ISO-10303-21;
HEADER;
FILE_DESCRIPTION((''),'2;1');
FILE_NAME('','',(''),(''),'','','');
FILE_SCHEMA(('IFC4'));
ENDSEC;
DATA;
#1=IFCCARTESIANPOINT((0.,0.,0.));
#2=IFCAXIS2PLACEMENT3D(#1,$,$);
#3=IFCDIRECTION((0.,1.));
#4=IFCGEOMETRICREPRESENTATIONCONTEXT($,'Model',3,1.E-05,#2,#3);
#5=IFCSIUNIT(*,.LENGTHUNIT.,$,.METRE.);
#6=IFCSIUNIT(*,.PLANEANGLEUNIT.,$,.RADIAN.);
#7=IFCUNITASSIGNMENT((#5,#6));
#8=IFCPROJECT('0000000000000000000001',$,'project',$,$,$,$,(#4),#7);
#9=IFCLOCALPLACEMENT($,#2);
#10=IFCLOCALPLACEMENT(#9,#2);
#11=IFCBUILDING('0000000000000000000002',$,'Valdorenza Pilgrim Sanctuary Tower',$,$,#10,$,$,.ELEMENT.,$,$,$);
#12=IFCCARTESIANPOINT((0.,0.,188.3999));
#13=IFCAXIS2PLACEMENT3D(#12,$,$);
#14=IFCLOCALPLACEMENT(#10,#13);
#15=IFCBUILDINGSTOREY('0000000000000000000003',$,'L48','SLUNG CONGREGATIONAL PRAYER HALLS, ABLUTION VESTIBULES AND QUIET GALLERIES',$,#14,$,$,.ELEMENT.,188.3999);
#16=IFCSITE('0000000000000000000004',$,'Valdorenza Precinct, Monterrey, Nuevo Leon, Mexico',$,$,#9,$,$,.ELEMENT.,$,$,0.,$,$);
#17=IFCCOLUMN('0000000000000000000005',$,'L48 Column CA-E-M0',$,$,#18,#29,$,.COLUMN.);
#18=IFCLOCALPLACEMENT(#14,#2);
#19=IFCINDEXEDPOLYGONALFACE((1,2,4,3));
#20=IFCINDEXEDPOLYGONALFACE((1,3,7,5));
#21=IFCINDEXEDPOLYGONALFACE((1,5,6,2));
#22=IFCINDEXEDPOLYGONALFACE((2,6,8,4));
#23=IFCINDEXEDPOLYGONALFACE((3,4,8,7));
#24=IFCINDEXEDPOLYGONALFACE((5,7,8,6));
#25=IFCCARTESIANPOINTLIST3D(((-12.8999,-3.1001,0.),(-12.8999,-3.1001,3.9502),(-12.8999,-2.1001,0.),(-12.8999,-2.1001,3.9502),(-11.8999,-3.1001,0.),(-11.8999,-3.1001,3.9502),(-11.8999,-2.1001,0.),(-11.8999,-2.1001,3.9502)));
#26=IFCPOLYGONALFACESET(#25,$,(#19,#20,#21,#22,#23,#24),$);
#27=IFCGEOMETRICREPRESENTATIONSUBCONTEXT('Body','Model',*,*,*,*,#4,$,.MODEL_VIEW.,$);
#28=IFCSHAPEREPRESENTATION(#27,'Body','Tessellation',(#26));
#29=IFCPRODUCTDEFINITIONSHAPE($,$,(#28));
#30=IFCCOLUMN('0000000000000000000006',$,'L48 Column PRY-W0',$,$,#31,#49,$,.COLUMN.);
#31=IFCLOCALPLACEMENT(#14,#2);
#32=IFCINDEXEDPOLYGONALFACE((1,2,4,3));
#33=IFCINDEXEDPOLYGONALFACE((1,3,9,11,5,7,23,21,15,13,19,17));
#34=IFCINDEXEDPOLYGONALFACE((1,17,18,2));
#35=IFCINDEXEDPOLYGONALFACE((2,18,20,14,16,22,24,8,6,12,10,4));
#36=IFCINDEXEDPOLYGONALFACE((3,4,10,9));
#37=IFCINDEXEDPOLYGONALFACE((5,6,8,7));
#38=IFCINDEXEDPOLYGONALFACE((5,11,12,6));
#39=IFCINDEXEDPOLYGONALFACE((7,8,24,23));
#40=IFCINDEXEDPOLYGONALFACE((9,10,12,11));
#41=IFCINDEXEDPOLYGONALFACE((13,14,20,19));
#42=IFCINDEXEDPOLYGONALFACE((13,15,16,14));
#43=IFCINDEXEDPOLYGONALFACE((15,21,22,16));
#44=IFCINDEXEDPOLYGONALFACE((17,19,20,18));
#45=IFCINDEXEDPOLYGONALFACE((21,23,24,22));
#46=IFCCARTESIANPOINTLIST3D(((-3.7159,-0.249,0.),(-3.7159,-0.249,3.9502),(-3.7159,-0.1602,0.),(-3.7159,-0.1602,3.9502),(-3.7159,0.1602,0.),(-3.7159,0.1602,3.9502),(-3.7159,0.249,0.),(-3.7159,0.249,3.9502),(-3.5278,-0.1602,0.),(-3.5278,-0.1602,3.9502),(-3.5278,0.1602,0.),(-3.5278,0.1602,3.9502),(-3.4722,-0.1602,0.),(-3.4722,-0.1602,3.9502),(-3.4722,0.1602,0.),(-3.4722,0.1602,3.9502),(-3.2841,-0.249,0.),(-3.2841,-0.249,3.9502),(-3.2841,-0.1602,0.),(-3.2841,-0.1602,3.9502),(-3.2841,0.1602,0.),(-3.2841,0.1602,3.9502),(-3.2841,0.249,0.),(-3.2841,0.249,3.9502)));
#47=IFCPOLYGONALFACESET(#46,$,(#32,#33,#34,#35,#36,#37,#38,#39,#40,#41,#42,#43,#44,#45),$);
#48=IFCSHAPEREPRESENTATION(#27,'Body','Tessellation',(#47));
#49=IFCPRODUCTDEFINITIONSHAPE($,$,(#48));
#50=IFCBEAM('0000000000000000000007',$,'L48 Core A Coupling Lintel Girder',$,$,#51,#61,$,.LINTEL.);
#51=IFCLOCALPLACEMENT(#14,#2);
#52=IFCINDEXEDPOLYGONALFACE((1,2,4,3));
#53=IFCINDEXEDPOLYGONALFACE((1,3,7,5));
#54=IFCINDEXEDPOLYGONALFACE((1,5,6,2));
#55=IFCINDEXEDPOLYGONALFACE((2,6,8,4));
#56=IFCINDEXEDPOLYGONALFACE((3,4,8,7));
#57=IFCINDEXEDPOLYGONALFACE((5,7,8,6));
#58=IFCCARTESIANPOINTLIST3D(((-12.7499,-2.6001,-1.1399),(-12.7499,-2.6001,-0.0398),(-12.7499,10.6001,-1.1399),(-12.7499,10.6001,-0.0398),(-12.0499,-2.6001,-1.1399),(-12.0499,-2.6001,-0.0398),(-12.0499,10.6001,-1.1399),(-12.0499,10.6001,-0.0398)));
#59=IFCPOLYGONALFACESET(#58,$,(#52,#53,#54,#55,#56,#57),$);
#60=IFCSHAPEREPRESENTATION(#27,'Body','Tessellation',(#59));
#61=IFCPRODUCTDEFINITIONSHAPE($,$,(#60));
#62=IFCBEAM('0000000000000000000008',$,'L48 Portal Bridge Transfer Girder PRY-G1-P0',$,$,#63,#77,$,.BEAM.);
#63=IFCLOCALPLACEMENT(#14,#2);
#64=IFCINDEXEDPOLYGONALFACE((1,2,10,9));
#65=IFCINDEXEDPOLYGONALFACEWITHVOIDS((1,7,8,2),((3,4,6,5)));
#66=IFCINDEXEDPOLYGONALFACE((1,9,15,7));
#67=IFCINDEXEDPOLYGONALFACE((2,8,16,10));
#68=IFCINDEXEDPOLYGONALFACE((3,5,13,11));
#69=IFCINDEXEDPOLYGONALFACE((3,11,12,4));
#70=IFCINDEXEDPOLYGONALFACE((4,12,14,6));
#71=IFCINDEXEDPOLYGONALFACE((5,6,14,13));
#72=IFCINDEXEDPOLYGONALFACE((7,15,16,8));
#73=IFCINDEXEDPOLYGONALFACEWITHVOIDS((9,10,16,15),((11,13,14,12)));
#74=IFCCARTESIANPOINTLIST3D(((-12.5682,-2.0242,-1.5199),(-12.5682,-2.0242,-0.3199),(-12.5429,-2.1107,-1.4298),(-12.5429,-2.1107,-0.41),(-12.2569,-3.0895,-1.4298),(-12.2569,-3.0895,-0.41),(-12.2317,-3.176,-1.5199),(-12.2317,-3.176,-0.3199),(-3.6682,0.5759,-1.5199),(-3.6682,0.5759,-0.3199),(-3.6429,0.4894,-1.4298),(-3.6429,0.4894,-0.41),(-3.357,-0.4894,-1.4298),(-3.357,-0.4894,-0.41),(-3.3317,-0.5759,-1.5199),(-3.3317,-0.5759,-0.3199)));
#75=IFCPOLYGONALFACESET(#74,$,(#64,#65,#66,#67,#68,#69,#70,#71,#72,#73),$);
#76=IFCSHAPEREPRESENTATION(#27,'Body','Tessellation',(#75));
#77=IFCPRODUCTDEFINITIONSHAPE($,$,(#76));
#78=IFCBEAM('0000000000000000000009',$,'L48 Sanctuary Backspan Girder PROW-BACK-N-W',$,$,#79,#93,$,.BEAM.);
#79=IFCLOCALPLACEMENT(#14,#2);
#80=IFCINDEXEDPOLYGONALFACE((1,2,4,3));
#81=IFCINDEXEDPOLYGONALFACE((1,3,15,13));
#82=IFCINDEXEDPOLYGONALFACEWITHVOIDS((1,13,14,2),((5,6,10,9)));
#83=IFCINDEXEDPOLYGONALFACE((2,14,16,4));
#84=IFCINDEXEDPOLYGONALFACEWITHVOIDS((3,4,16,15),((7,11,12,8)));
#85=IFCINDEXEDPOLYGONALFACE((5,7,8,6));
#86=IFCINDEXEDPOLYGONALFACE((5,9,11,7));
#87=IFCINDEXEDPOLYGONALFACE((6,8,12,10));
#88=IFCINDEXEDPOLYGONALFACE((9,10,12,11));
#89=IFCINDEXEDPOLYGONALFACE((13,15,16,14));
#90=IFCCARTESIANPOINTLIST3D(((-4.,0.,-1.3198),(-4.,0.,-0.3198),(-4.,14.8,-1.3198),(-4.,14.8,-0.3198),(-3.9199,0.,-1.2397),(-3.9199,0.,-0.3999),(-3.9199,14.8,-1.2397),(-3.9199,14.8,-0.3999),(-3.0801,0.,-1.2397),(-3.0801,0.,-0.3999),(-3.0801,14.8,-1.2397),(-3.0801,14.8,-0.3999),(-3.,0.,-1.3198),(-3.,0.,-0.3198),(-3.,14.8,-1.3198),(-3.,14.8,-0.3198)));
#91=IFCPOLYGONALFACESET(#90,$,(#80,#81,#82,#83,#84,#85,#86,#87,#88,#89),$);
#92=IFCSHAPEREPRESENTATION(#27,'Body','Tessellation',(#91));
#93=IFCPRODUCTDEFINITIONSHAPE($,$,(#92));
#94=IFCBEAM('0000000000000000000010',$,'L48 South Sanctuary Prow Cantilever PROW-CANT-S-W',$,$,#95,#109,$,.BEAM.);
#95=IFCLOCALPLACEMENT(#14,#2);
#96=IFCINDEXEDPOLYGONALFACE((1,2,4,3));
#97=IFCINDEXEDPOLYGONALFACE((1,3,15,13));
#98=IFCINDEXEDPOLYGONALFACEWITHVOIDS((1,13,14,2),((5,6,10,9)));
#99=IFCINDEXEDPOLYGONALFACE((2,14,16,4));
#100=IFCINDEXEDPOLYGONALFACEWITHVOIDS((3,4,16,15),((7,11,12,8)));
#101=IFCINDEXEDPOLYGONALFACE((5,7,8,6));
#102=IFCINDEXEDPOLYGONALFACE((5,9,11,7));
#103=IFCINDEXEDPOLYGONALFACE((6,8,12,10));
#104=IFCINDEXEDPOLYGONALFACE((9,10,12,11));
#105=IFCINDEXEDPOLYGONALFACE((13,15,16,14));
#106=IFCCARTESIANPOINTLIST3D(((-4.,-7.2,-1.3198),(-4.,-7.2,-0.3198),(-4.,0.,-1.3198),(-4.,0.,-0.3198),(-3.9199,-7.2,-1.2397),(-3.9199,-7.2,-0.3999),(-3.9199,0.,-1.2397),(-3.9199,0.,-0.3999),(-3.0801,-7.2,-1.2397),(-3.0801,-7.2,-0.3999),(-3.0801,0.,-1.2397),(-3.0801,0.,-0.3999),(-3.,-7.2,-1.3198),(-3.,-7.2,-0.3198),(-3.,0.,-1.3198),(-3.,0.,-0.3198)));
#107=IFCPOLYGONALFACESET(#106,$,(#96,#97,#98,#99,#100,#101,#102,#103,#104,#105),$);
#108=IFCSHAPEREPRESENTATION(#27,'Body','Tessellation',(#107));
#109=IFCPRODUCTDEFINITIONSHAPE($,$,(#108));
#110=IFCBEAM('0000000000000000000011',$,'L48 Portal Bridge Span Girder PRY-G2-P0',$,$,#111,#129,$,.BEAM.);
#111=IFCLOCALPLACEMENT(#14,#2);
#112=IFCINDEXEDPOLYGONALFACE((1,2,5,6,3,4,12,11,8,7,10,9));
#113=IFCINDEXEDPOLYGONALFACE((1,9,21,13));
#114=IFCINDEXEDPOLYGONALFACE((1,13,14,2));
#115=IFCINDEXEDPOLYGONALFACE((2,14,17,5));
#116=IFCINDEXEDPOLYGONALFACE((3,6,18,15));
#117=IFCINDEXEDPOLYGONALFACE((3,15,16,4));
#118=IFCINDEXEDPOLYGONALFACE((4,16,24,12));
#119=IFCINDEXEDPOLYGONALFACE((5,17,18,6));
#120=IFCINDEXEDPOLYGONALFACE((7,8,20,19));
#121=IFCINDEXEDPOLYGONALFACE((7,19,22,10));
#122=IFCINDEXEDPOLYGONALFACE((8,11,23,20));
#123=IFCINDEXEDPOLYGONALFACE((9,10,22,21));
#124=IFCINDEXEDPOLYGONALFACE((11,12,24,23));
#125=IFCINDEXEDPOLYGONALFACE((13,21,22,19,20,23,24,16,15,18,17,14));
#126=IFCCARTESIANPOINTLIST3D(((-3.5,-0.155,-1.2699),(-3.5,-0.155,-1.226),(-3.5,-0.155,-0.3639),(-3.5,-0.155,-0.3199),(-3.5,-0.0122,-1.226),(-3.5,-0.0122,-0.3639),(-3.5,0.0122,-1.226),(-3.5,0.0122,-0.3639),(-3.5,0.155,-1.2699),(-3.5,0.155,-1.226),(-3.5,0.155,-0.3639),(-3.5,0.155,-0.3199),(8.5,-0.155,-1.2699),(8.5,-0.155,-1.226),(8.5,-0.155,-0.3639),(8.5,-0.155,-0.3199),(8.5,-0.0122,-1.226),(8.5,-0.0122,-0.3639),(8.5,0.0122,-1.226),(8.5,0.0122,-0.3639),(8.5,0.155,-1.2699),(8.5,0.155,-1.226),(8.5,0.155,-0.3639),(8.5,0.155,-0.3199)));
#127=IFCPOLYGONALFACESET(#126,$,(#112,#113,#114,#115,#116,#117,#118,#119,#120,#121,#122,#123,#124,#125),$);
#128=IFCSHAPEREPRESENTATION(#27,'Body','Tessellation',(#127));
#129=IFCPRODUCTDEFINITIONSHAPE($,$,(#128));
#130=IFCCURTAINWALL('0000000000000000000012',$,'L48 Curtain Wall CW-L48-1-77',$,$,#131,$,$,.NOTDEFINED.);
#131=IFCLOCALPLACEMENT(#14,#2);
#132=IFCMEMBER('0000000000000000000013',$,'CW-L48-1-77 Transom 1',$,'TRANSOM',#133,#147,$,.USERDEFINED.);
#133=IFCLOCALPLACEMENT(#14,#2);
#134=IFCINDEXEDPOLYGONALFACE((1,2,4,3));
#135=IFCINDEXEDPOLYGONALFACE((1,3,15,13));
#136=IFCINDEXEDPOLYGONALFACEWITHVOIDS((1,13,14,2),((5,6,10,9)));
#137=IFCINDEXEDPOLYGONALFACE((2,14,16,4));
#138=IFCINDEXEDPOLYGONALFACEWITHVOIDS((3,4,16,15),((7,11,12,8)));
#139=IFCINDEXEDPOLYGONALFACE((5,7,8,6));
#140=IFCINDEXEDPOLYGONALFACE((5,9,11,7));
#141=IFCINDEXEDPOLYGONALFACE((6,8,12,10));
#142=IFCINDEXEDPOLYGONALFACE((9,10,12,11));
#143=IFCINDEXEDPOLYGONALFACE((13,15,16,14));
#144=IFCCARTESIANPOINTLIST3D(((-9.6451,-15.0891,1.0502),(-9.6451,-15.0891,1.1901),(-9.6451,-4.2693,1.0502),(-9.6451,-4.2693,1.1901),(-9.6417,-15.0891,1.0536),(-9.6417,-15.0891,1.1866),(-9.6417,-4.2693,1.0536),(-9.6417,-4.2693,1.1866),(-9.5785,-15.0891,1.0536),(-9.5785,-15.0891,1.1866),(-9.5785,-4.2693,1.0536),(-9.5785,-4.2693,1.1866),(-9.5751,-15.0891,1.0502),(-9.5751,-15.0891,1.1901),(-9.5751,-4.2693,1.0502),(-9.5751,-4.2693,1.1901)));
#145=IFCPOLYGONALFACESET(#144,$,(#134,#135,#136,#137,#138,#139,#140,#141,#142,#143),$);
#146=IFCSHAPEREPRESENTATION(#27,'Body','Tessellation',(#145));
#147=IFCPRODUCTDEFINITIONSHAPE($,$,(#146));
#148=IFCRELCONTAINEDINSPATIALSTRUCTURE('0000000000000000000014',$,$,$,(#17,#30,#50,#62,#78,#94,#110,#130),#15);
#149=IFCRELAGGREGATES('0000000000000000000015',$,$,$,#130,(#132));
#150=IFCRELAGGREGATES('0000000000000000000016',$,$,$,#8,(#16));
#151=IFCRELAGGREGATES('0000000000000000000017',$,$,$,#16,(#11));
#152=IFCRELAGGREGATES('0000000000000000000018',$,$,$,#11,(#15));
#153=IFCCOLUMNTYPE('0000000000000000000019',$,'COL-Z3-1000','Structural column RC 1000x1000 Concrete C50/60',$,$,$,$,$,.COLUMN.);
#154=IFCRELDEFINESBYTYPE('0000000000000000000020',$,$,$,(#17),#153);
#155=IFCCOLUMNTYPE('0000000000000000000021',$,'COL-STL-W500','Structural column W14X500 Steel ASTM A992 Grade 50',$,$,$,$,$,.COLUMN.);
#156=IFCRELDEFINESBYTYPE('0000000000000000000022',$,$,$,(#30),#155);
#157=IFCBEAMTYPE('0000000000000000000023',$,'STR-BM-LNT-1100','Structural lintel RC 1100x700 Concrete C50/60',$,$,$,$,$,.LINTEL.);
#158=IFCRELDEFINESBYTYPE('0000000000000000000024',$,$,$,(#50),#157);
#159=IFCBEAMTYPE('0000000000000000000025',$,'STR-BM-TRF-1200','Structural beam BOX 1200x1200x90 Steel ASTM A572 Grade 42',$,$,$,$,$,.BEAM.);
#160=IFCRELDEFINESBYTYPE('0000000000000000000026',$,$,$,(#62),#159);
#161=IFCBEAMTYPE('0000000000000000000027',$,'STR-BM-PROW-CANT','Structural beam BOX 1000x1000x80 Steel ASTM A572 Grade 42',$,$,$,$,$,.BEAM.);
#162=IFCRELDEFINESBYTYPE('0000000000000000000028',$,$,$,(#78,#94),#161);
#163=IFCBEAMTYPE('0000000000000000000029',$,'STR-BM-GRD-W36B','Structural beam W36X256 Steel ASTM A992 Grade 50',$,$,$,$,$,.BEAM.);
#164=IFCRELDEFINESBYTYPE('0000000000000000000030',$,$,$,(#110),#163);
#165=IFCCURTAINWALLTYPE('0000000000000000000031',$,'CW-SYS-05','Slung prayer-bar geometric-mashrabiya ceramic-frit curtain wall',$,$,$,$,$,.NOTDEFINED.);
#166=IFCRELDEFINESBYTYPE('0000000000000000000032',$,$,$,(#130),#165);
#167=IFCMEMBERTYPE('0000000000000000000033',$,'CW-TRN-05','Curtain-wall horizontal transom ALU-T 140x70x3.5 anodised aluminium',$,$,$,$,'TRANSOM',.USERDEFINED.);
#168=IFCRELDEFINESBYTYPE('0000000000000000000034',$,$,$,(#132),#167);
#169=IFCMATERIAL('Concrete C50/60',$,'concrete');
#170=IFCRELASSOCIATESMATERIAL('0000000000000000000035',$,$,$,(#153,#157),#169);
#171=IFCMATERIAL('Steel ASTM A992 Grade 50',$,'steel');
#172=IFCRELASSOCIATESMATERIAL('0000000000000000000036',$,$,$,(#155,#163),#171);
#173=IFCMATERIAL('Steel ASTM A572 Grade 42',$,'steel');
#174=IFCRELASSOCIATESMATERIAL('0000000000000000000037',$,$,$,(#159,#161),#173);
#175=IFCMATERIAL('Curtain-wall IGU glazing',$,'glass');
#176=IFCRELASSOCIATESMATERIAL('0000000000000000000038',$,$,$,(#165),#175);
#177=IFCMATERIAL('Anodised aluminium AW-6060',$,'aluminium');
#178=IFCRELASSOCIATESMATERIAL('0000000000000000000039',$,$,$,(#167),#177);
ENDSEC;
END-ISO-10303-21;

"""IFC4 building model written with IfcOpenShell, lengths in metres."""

from ifc_helpers import new_model, si_unit, direction, frame, origin, origin_2d, place, context, subcontext, project, spatial, rectangle, hollow_rectangle, i_section, extrude, source, transform, mapped, material, material_profile, profile_set, type_object, element, aggregate, save


model = new_model("IFC4")

# Units and contexts
model_context = context("Model", 3, precision=1e-05, world=origin(), true_north=direction((0.0, 1.0)))
body_context = subcontext(model_context, "Body", "Model", "MODEL_VIEW")
ifc_project = project(units=[si_unit("LENGTHUNIT", "METRE"), si_unit("PLANEANGLEUNIT", "RADIAN")], contexts=[model_context])

# Site, building, storey
site_placement = place(None, origin())
site = spatial("IfcSite", under=ifc_project, at=site_placement, Name="Valdorenza Precinct, Monterrey, Nuevo Leon, Mexico", CompositionType="ELEMENT", RefElevation=0.0)
building_placement = place(site_placement, origin())
building = spatial("IfcBuilding", under=site, at=building_placement, Name="Valdorenza Pilgrim Sanctuary Tower", CompositionType="ELEMENT")
storey_placement = place(building_placement, frame((0.0, 0.0, 188.3999)))
storey = spatial("IfcBuildingStorey", under=building, at=storey_placement, Name="L48", Description="SLUNG CONGREGATIONAL PRAYER HALLS, ABLUTION VESTIBULES AND QUIET GALLERIES", CompositionType="ELEMENT", Elevation=188.3999)

# Columns
ifc_material_1 = material(Name="Concrete C50/60", Category="concrete")
ifc_material_profile_1 = material_profile(ifc_material_1, rectangle(XDim=1.0, YDim=1.0, at=origin_2d()), Name="RC 1000x1000")
ifc_profile_set_1 = profile_set([ifc_material_profile_1], Name="Concrete C50/60")
column_type_1 = type_object("IfcColumnType", Name="COL-Z3-1000", Description="Structural column RC 1000x1000 Concrete C50/60", PredefinedType="COLUMN", material=ifc_profile_set_1)
shared_shape_1 = source(origin(), body_context, "Body", "SweptSolid", [
    extrude(rectangle(XDim=1.0, YDim=1.0, at=origin_2d()), origin(), (0.0, 0.0, 1.0), 3.9502),
])
column_1_placement = place(storey_placement, frame((-12.3999, -2.6001, 0.0), z_axis=(0.0, 0.0, 1.0), x_axis=(1.0, 0.0, 0.0)))
element("IfcColumn", 1, at=column_1_placement, inside=storey, type_object=column_type_1, Name="L48 Column CA-E-M0", PredefinedType="COLUMN", context=body_context, shape_type="MappedRepresentation", body=[
    mapped(shared_shape_1, transform((0.0, 0.0, 0.0), x_axis=(1.0, 0.0, 0.0), y_axis=(0.0, 1.0, 0.0), z_axis=(0.0, 0.0, 1.0), scale=1.0)),
])
ifc_material_2 = material(Name="Steel ASTM A992 Grade 50", Category="steel")
ifc_material_profile_2 = material_profile(ifc_material_2, i_section(OverallWidth=0.4319, OverallDepth=0.498, WebThickness=0.0557, FlangeThickness=0.0889, at=origin_2d()), Name="W14X500")
ifc_profile_set_2 = profile_set([ifc_material_profile_2], Name="Steel ASTM A992 Grade 50")
column_type_2 = type_object("IfcColumnType", Name="COL-STL-W500", Description="Structural column W14X500 Steel ASTM A992 Grade 50", PredefinedType="COLUMN", material=ifc_profile_set_2)
shared_shape_2 = source(origin(), body_context, "Body", "SweptSolid", [
    extrude(i_section(OverallWidth=0.4319, OverallDepth=0.498, WebThickness=0.0557, FlangeThickness=0.0889, at=origin_2d()), origin(), (0.0, 0.0, 1.0), 3.9502),
])
column_2_placement = place(storey_placement, frame((-3.5, 0.0, 0.0), z_axis=(0.0, 0.0, 1.0), x_axis=(1.0, 0.0, 0.0)))
element("IfcColumn", 2, at=column_2_placement, inside=storey, type_object=column_type_2, Name="L48 Column PRY-W0", PredefinedType="COLUMN", context=body_context, shape_type="MappedRepresentation", body=[
    mapped(shared_shape_2, transform((0.0, 0.0, 0.0), x_axis=(1.0, 0.0, 0.0), y_axis=(0.0, 1.0, 0.0), z_axis=(0.0, 0.0, 1.0), scale=1.0)),
])

# Beams
ifc_material_profile_3 = material_profile(ifc_material_1, rectangle(XDim=0.7, YDim=1.1001, at=origin_2d()), Name="RC 1100x700")
ifc_profile_set_3 = profile_set([ifc_material_profile_3], Name="Concrete C50/60")
beam_type_1 = type_object("IfcBeamType", Name="STR-BM-LNT-1100", Description="Structural lintel RC 1100x700 Concrete C50/60", PredefinedType="LINTEL", material=ifc_profile_set_3)
shared_shape_3 = source(origin(), body_context, "Body", "SweptSolid", [
    extrude(rectangle(XDim=0.7, YDim=1.1001, at=origin_2d()), origin(), (0.0, 0.0, 1.0), 13.2002),
])
beam_1_placement = place(storey_placement, frame((-12.3999, -2.6001, -0.5898), z_axis=(0.0, 1.0, 0.0), x_axis=(-1.0, 0.0, 0.0)))
element("IfcBeam", 3, at=beam_1_placement, inside=storey, type_object=beam_type_1, Name="L48 Core A Coupling Lintel Girder", PredefinedType="LINTEL", context=body_context, shape_type="MappedRepresentation", body=[
    mapped(shared_shape_3, transform((0.0, 0.0, 0.0), x_axis=(1.0, 0.0, 0.0), y_axis=(0.0, 1.0, 0.0), z_axis=(0.0, 0.0, 1.0), scale=1.0)),
])
ifc_material_3 = material(Name="Steel ASTM A572 Grade 42", Category="steel")
ifc_material_profile_4 = material_profile(ifc_material_3, hollow_rectangle(XDim=1.2, YDim=1.2, WallThickness=0.0901, at=origin_2d()), Name="BOX 1200x1200x90")
ifc_profile_set_4 = profile_set([ifc_material_profile_4], Name="Steel ASTM A572 Grade 42")
beam_type_2 = type_object("IfcBeamType", Name="STR-BM-TRF-1200", Description="Structural beam BOX 1200x1200x90 Steel ASTM A572 Grade 42", PredefinedType="BEAM", material=ifc_profile_set_4)
shared_shape_4 = source(origin(), body_context, "Body", "SweptSolid", [
    extrude(hollow_rectangle(XDim=1.2, YDim=1.2, WallThickness=0.0901, at=origin_2d()), origin(), (0.0, 0.0, 1.0), 9.272),
])
beam_2_placement = place(storey_placement, frame((-12.3999, -2.6001, -0.9199), z_axis=(0.959875, 0.280427, 0.0), x_axis=(-0.280427, 0.959875, 0.0)))
element("IfcBeam", 4, at=beam_2_placement, inside=storey, type_object=beam_type_2, Name="L48 Portal Bridge Transfer Girder PRY-G1-P0", PredefinedType="BEAM", context=body_context, shape_type="MappedRepresentation", body=[
    mapped(shared_shape_4, transform((0.0, 0.0, 0.0), x_axis=(1.0, 0.0, 0.0), y_axis=(0.0, 1.0, 0.0), z_axis=(0.0, 0.0, 1.0), scale=1.0)),
])
ifc_material_profile_5 = material_profile(ifc_material_3, hollow_rectangle(XDim=1.0, YDim=1.0, WallThickness=0.0801, at=origin_2d()), Name="BOX 1000x1000x80")
ifc_profile_set_5 = profile_set([ifc_material_profile_5], Name="Steel ASTM A572 Grade 42")
beam_type_3 = type_object("IfcBeamType", Name="STR-BM-PROW-CANT", Description="Structural beam BOX 1000x1000x80 Steel ASTM A572 Grade 42", PredefinedType="BEAM", material=ifc_profile_set_5)
shared_shape_5 = source(origin(), body_context, "Body", "SweptSolid", [
    extrude(hollow_rectangle(XDim=1.0, YDim=1.0, WallThickness=0.0801, at=origin_2d()), origin(), (0.0, 0.0, 1.0), 14.8),
])
beam_3_placement = place(storey_placement, frame((-3.5, 0.0, -0.8198), z_axis=(0.0, 1.0, 0.0), x_axis=(-1.0, 0.0, 0.0)))
element("IfcBeam", 5, at=beam_3_placement, inside=storey, type_object=beam_type_3, Name="L48 Sanctuary Backspan Girder PROW-BACK-N-W", PredefinedType="BEAM", context=body_context, shape_type="MappedRepresentation", body=[
    mapped(shared_shape_5, transform((0.0, 0.0, 0.0), x_axis=(1.0, 0.0, 0.0), y_axis=(0.0, 1.0, 0.0), z_axis=(0.0, 0.0, 1.0), scale=1.0)),
])
shared_shape_6 = source(origin(), body_context, "Body", "SweptSolid", [
    extrude(hollow_rectangle(XDim=1.0, YDim=1.0, WallThickness=0.0801, at=origin_2d()), origin(), (0.0, 0.0, 1.0), 7.2),
])
beam_4_placement = place(storey_placement, frame((-3.5, 0.0, -0.8198), z_axis=(0.0, -1.0, 0.0), x_axis=(1.0, 0.0, 0.0)))
element("IfcBeam", 6, at=beam_4_placement, inside=storey, type_object=beam_type_3, Name="L48 South Sanctuary Prow Cantilever PROW-CANT-S-W", PredefinedType="BEAM", context=body_context, shape_type="MappedRepresentation", body=[
    mapped(shared_shape_6, transform((0.0, 0.0, 0.0), x_axis=(1.0, 0.0, 0.0), y_axis=(0.0, 1.0, 0.0), z_axis=(0.0, 0.0, 1.0), scale=1.0)),
])
ifc_material_profile_6 = material_profile(ifc_material_2, i_section(OverallWidth=0.3101, OverallDepth=0.95, WebThickness=0.0244, FlangeThickness=0.0439, at=origin_2d()), Name="W36X256")
ifc_profile_set_6 = profile_set([ifc_material_profile_6], Name="Steel ASTM A992 Grade 50")
beam_type_4 = type_object("IfcBeamType", Name="STR-BM-GRD-W36B", Description="Structural beam W36X256 Steel ASTM A992 Grade 50", PredefinedType="BEAM", material=ifc_profile_set_6)
shared_shape_7 = source(origin(), body_context, "Body", "SweptSolid", [
    extrude(i_section(OverallWidth=0.3101, OverallDepth=0.95, WebThickness=0.0244, FlangeThickness=0.0439, at=origin_2d()), origin(), (0.0, 0.0, 1.0), 12.0),
])
beam_5_placement = place(storey_placement, frame((-3.5, 0.0, -0.7949), z_axis=(1.0, 0.0, 0.0), x_axis=(0.0, 1.0, 0.0)))
element("IfcBeam", 7, at=beam_5_placement, inside=storey, type_object=beam_type_4, Name="L48 Portal Bridge Span Girder PRY-G2-P0", PredefinedType="BEAM", context=body_context, shape_type="MappedRepresentation", body=[
    mapped(shared_shape_7, transform((0.0, 0.0, 0.0), x_axis=(1.0, 0.0, 0.0), y_axis=(0.0, 1.0, 0.0), z_axis=(0.0, 0.0, 1.0), scale=1.0)),
])

# Curtain wall, member
ifc_material_4 = material(Name="Curtain-wall IGU glazing", Category="glass")
curtain_wall_type = type_object("IfcCurtainWallType", Name="CW-SYS-05", Description="Slung prayer-bar geometric-mashrabiya ceramic-frit curtain wall", PredefinedType="NOTDEFINED", material=ifc_material_4)
curtain_wall_placement = place(storey_placement, origin())
curtain_wall = element("IfcCurtainWall", 8, at=curtain_wall_placement, inside=storey, type_object=curtain_wall_type, Name="L48 Curtain Wall CW-L48-1-77", PredefinedType="NOTDEFINED")
ifc_material_5 = material(Name="Anodised aluminium AW-6060", Category="aluminium")
ifc_material_profile_7 = material_profile(ifc_material_5, hollow_rectangle(XDim=0.0701, YDim=0.1399, WallThickness=0.0034, at=origin_2d()), Name="ALU-T 140x70x3.5")
ifc_profile_set_7 = profile_set([ifc_material_profile_7], Name="Anodised aluminium AW-6060")
member_type_1 = type_object("IfcMemberType", Name="CW-TRN-05", Description="Curtain-wall horizontal transom ALU-T 140x70x3.5 anodised aluminium", ElementType="TRANSOM", PredefinedType="USERDEFINED", material=ifc_profile_set_7)
shared_shape_8 = source(origin(), body_context, "Body", "SweptSolid", [
    extrude(hollow_rectangle(XDim=0.0701, YDim=0.1399, WallThickness=0.0034, at=origin_2d()), origin(), (0.0, 0.0, 1.0), 10.8198),
])
member_1_placement = place(storey_placement, frame((-9.6101, -4.2693, 1.1201), z_axis=(0.0, -1.0, 0.0), x_axis=(1.0, 0.0, 0.0)))
member_1 = element("IfcMember", 9, at=member_1_placement, type_object=member_type_1, Name="CW-L48-1-77 Transom 1", ObjectType="TRANSOM", PredefinedType="USERDEFINED", context=body_context, shape_type="MappedRepresentation", body=[
    mapped(shared_shape_8, transform((0.0, 0.0, 0.0), x_axis=(1.0, 0.0, 0.0), y_axis=(0.0, 1.0, 0.0), z_axis=(0.0, 0.0, 1.0), scale=1.0)),
])
aggregate(curtain_wall, [member_1])

save(model, "model.ifc")
